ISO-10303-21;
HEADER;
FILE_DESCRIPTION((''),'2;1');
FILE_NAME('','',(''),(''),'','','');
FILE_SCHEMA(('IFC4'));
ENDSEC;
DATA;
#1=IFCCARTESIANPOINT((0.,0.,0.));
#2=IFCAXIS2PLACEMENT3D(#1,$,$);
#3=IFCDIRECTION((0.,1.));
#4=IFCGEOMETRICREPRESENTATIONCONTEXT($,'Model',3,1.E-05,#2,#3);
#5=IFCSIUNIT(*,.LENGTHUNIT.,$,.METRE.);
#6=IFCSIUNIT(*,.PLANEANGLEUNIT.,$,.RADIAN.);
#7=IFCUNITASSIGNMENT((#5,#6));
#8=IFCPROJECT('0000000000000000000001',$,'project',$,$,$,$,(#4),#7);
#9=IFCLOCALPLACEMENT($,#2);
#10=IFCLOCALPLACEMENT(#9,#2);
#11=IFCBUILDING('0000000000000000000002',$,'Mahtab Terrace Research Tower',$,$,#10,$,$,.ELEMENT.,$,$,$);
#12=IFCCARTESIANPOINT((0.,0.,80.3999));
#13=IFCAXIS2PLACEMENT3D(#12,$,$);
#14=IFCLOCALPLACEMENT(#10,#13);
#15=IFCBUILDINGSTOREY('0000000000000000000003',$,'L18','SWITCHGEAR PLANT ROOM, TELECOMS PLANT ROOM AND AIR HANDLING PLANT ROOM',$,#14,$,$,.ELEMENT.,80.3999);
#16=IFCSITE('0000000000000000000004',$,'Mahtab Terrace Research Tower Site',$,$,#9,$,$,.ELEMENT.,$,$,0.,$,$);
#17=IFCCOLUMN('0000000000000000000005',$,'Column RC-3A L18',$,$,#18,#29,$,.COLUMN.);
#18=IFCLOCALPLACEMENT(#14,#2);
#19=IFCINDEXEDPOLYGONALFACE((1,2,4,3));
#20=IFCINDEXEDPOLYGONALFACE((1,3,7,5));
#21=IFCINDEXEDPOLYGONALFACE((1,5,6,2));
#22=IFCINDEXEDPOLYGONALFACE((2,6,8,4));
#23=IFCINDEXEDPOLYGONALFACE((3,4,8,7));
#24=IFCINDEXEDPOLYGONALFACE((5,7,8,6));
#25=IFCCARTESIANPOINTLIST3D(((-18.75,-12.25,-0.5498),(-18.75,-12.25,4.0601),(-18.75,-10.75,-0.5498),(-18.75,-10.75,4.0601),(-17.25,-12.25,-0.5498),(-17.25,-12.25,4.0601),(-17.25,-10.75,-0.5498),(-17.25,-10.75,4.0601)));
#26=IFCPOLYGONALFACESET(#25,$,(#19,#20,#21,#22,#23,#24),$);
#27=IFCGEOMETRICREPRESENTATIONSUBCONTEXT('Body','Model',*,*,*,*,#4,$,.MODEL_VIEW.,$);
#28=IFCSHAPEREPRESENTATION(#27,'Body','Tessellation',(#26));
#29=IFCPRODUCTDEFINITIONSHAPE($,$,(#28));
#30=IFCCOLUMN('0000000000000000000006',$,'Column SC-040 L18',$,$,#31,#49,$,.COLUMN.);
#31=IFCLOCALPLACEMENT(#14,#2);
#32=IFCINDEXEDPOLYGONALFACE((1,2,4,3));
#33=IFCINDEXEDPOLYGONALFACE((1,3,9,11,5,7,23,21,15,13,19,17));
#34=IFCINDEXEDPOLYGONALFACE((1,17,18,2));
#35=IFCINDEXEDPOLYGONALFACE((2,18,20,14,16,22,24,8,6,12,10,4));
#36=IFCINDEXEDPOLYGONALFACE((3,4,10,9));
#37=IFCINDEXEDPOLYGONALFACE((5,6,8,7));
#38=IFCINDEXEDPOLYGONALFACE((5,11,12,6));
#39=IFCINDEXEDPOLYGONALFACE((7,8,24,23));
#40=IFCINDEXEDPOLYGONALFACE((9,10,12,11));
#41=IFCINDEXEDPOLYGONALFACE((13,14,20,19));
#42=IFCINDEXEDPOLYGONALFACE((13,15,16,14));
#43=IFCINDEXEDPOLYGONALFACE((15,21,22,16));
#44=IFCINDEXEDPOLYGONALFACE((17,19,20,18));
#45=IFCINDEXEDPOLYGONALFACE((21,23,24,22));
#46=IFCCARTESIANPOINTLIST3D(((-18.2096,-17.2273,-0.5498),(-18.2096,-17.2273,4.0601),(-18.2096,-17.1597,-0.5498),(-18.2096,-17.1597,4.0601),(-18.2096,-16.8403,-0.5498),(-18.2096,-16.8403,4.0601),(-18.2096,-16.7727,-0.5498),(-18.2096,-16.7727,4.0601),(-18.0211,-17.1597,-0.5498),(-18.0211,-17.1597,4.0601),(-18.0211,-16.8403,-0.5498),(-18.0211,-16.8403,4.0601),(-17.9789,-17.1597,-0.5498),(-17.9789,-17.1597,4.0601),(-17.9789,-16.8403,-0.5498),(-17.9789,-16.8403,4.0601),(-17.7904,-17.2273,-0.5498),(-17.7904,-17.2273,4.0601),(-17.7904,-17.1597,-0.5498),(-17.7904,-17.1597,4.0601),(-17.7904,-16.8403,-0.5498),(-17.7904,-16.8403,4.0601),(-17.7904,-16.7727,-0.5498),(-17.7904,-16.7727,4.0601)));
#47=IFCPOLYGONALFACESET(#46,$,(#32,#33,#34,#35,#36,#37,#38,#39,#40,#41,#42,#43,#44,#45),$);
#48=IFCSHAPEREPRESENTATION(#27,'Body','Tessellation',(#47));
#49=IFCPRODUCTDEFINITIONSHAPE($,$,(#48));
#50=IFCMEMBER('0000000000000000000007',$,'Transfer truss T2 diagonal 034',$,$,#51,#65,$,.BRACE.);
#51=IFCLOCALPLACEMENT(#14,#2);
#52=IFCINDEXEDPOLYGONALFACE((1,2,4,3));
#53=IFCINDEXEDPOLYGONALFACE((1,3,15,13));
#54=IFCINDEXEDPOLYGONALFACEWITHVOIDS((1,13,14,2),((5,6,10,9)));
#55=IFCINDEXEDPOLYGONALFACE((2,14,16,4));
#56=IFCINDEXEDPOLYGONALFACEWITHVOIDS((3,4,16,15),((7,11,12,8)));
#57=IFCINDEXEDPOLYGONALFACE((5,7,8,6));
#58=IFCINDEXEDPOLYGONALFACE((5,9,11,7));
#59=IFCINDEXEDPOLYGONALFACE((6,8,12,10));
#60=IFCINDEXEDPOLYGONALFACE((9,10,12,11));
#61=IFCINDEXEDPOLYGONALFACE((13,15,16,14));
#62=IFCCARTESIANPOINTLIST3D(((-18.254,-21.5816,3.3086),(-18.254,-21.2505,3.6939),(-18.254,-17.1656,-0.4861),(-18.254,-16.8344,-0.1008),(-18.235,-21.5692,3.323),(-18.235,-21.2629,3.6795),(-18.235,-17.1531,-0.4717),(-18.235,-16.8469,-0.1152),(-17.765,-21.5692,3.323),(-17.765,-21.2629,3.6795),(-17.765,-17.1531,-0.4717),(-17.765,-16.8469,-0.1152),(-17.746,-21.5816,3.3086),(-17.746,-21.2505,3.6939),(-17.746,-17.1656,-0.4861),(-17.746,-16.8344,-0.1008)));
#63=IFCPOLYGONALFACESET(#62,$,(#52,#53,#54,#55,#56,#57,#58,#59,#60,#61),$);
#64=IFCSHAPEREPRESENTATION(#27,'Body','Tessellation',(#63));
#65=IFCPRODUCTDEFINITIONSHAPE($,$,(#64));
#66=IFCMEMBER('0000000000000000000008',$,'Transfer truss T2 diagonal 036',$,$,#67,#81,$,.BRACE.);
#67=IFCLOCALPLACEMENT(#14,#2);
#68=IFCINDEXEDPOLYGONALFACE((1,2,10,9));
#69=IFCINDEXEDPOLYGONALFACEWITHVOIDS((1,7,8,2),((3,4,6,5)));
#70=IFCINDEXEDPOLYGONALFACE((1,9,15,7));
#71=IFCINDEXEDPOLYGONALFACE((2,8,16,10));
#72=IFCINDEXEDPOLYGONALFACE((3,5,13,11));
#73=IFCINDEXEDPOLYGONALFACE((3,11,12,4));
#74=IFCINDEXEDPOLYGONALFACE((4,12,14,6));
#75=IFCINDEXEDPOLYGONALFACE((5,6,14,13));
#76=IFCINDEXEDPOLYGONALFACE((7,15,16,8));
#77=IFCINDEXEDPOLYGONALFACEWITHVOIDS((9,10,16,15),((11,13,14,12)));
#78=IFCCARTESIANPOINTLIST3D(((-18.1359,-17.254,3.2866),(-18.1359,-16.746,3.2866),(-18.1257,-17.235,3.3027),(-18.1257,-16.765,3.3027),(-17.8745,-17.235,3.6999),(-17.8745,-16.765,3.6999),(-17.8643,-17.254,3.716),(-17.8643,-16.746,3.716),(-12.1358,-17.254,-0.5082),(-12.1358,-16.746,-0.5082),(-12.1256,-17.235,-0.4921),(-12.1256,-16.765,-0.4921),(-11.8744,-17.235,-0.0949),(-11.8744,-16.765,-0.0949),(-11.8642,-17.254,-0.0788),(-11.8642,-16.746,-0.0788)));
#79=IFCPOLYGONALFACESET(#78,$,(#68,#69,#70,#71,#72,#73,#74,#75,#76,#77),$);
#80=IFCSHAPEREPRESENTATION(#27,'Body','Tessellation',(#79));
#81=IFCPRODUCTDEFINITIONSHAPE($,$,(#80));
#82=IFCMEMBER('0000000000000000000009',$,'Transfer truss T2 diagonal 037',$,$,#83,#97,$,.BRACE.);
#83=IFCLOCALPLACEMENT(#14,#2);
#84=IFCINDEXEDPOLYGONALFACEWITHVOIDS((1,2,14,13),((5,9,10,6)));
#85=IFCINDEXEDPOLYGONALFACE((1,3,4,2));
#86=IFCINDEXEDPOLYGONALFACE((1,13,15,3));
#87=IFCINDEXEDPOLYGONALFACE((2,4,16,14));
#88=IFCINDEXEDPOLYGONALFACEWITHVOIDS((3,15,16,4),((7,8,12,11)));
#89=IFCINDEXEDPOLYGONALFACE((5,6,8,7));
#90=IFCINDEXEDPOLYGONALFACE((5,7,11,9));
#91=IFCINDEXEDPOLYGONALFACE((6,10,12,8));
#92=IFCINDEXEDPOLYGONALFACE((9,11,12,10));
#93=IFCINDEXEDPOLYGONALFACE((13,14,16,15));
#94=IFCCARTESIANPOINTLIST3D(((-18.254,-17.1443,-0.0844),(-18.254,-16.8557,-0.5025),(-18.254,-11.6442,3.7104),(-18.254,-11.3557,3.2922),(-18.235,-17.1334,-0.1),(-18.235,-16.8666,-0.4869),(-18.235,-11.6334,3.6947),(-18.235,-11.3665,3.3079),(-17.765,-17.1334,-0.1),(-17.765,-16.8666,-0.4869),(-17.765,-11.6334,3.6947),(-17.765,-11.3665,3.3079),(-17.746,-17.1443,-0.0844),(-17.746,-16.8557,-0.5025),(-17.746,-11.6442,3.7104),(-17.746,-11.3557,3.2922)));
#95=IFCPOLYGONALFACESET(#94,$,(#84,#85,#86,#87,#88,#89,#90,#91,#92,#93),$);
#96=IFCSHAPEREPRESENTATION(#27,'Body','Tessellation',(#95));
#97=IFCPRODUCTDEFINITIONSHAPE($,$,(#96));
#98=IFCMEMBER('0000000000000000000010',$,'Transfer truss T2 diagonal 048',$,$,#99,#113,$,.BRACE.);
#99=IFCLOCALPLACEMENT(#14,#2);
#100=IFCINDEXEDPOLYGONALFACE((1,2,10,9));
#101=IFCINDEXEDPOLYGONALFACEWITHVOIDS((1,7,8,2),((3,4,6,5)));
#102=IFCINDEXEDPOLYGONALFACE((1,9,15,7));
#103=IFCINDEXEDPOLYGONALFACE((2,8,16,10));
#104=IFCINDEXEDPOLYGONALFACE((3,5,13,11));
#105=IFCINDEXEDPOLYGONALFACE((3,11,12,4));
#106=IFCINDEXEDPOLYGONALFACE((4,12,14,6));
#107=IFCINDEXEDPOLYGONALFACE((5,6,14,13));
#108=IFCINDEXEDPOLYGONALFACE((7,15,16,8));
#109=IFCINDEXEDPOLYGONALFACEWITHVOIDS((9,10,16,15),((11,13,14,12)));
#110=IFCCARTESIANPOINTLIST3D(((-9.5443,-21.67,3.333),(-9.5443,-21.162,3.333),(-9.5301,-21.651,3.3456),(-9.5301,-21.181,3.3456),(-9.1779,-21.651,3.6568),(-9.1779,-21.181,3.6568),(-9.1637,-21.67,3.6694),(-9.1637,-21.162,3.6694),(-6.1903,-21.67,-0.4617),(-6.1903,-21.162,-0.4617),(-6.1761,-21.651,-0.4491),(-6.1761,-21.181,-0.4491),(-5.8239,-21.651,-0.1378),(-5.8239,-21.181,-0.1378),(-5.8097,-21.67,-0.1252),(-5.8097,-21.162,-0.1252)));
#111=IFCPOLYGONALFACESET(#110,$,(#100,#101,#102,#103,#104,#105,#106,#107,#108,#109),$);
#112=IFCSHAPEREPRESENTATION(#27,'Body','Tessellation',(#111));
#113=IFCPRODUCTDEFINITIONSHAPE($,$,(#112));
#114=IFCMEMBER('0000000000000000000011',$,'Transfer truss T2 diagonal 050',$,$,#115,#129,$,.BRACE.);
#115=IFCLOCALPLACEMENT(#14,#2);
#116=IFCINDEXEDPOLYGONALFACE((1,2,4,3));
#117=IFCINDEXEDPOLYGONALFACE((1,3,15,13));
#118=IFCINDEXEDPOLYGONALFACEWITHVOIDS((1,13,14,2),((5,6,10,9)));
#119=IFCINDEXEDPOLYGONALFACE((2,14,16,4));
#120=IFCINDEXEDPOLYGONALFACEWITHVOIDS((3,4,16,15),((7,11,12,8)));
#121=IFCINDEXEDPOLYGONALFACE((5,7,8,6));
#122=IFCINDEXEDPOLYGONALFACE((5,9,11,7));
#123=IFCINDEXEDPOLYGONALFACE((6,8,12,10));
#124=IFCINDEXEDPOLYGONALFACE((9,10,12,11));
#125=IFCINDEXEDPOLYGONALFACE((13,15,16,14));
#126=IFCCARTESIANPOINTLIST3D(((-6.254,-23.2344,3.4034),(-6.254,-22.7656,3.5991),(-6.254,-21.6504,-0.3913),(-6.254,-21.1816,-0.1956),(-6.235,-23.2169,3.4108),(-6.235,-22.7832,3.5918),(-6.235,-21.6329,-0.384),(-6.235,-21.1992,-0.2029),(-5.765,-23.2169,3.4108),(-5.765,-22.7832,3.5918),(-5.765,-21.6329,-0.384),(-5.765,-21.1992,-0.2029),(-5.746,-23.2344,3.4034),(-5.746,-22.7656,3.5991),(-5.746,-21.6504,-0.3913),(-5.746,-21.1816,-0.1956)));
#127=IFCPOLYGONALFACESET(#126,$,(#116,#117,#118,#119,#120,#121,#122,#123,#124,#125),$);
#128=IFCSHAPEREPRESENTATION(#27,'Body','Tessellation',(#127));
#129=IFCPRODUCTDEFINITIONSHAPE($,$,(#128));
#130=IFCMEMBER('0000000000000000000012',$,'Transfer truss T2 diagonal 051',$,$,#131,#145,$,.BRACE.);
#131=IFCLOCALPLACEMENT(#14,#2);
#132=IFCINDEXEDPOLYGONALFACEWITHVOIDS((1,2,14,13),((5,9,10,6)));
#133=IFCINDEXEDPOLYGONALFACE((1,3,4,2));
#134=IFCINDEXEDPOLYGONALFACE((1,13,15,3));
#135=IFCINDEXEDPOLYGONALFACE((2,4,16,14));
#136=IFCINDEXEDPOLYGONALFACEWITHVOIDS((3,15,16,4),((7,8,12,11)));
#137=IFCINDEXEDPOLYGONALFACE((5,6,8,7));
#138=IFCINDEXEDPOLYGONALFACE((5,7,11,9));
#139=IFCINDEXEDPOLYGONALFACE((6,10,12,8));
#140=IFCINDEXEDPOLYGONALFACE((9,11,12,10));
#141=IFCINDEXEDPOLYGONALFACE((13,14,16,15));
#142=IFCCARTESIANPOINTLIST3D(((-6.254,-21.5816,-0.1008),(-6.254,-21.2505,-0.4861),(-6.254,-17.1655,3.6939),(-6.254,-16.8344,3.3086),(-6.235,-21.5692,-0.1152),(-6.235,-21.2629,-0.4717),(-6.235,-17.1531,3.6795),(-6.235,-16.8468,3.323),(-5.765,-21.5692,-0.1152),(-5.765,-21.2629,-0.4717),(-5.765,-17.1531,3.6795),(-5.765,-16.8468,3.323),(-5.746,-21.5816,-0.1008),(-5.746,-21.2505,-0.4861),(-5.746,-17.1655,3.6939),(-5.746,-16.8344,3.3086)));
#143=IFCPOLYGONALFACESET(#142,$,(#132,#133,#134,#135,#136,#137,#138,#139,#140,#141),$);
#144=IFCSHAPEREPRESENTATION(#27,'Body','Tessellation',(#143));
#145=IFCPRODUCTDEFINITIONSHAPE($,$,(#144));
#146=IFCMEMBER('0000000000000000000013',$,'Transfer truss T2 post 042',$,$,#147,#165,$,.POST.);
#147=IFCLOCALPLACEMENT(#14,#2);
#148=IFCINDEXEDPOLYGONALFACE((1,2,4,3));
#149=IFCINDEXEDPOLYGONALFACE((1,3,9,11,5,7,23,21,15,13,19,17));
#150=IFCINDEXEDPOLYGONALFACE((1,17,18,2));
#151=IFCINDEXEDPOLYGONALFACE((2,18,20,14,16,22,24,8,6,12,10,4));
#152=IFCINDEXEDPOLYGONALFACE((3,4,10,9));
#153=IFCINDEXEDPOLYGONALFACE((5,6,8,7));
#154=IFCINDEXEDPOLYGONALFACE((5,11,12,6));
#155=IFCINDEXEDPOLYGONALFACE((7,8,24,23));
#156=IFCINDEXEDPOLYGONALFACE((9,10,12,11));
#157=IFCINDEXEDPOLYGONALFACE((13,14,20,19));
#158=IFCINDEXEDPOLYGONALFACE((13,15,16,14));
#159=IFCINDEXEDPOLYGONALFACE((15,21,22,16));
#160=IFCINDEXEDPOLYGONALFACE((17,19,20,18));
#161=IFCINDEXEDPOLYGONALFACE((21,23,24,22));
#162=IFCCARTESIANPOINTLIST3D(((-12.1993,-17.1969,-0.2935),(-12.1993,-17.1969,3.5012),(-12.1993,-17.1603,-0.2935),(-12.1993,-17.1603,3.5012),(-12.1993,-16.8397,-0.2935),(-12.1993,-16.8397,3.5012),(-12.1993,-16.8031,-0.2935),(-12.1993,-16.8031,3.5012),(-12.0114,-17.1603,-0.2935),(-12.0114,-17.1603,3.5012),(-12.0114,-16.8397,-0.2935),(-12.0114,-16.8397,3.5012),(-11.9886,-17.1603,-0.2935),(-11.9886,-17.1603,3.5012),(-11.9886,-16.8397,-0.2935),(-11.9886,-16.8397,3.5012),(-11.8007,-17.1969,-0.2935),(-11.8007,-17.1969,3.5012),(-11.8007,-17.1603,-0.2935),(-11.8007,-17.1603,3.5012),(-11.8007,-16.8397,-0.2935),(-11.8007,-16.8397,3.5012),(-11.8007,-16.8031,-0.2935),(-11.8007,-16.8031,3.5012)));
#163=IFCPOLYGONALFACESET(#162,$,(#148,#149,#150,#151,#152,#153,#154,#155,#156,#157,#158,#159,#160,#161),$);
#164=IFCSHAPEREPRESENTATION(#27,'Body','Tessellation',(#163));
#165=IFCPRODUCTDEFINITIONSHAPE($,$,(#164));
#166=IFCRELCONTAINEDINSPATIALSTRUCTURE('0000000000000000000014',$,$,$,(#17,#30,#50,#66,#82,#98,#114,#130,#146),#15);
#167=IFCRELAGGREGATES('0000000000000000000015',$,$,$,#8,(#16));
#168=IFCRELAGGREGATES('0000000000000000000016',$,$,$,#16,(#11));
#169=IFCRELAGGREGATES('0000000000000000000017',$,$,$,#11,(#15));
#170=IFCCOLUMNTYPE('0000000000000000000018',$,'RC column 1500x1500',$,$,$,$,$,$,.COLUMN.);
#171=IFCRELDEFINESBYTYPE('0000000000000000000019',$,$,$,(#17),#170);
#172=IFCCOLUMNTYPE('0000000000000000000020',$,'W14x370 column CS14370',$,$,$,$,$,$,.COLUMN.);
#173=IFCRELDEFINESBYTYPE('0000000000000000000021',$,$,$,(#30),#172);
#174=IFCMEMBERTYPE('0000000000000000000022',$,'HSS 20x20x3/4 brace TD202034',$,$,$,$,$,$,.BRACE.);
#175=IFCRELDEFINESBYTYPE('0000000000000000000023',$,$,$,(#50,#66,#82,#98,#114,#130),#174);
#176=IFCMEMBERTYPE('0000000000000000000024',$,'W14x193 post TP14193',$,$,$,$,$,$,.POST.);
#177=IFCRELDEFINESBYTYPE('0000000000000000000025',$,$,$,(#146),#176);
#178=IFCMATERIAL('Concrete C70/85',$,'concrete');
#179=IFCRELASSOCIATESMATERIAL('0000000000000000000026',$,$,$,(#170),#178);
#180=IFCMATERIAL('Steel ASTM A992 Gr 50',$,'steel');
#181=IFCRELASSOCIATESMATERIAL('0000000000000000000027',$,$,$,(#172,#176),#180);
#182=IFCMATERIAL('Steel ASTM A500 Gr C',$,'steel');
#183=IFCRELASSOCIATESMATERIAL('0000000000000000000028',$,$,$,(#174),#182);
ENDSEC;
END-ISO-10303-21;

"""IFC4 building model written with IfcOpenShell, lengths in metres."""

from ifc_helpers import new_model, si_unit, direction, frame, origin, origin_2d, place, context, subcontext, project, spatial, rectangle, hollow_rectangle, i_section, extrude, material, material_profile, profile_set, type_object, element, save


model = new_model("IFC4")

# Units and contexts
model_context = context("Model", 3, precision=1e-05, world=origin(), true_north=direction((0.0, 1.0)))
body_context = subcontext(model_context, "Body", "Model", "MODEL_VIEW")
ifc_project = project(units=[si_unit("LENGTHUNIT", "METRE"), si_unit("PLANEANGLEUNIT", "RADIAN")], contexts=[model_context])

# Site, building, storey
site_placement = place(None, origin())
site = spatial("IfcSite", under=ifc_project, at=site_placement, Name="Mahtab Terrace Research Tower Site", CompositionType="ELEMENT", RefElevation=0.0)
building_placement = place(site_placement, origin())
building = spatial("IfcBuilding", under=site, at=building_placement, Name="Mahtab Terrace Research Tower", CompositionType="ELEMENT")
storey_placement = place(building_placement, frame((0.0, 0.0, 80.3999)))
storey = spatial("IfcBuildingStorey", under=building, at=storey_placement, Name="L18", Description="SWITCHGEAR PLANT ROOM, TELECOMS PLANT ROOM AND AIR HANDLING PLANT ROOM", CompositionType="ELEMENT", Elevation=80.3999)

# Columns
ifc_material_1 = material(Name="Concrete C70/85", Category="concrete")
ifc_material_profile_1 = material_profile(ifc_material_1, rectangle(XDim=1.5, YDim=1.5, at=origin_2d()), Name="RC column 1500x1500")
ifc_profile_set_1 = profile_set([ifc_material_profile_1], Name="Concrete C70/85")
column_type_1 = type_object("IfcColumnType", Name="RC column 1500x1500", PredefinedType="COLUMN", material=ifc_profile_set_1)
column_1_placement = place(storey_placement, frame((-18.0, -11.5, -0.5498), z_axis=(0.0, 0.0, 1.0), x_axis=(1.0, 0.0, 0.0)))
element("IfcColumn", 1, at=column_1_placement, inside=storey, type_object=column_type_1, Name="Column RC-3A L18", PredefinedType="COLUMN", context=body_context, shape_type="SweptSolid", body=[
    extrude(rectangle(XDim=1.5, YDim=1.5, at=origin_2d()), origin(), (0.0, 0.0, 1.0), 4.6099),
])
ifc_material_2 = material(Name="Steel ASTM A992 Gr 50", Category="steel")
ifc_material_profile_2 = material_profile(ifc_material_2, i_section(OverallWidth=0.4192, OverallDepth=0.4546, WebThickness=0.0422, FlangeThickness=0.0676, at=origin_2d()), Name="W14X370")
ifc_profile_set_2 = profile_set([ifc_material_profile_2], Name="Steel ASTM A992 Gr 50")
column_type_2 = type_object("IfcColumnType", Name="W14x370 column CS14370", PredefinedType="COLUMN", material=ifc_profile_set_2)
column_2_placement = place(storey_placement, frame((-18.0, -17.0, -0.5498), z_axis=(0.0, 0.0, 1.0), x_axis=(1.0, 0.0, 0.0)))
element("IfcColumn", 2, at=column_2_placement, inside=storey, type_object=column_type_2, Name="Column SC-040 L18", PredefinedType="COLUMN", context=body_context, shape_type="SweptSolid", body=[
    extrude(i_section(OverallWidth=0.4192, OverallDepth=0.4546, WebThickness=0.0422, FlangeThickness=0.0676, at=origin_2d()), origin(), (0.0, 0.0, 1.0), 4.6099),
])

# Members
ifc_material_3 = material(Name="Steel ASTM A500 Gr C", Category="steel")
ifc_material_profile_3 = material_profile(ifc_material_3, hollow_rectangle(XDim=0.5081, YDim=0.5081, WallThickness=0.019, at=origin_2d()), Name="HSS20X20X3/4")
ifc_profile_set_3 = profile_set([ifc_material_profile_3], Name="Steel ASTM A500 Gr C")
member_type_1 = type_object("IfcMemberType", Name="HSS 20x20x3/4 brace TD202034", PredefinedType="BRACE", material=ifc_profile_set_3)
member_1_placement = place(storey_placement, frame((-18.0, -17.0, -0.2935), z_axis=(0.0, -0.758448, 0.651734), x_axis=(1.0, 0.0, 0.0)))
element("IfcMember", 3, at=member_1_placement, inside=storey, type_object=member_type_1, Name="Transfer truss T2 diagonal 034", PredefinedType="BRACE", context=body_context, shape_type="SweptSolid", body=[
    extrude(hollow_rectangle(XDim=0.5081, YDim=0.5081, WallThickness=0.019, at=origin_2d()), origin(), (0.0, 0.0, 1.0), 5.8225),
])
member_2_placement = place(storey_placement, frame((-12.0, -17.0, -0.2935), z_axis=(-0.845158, 0.0, 0.534517), x_axis=(0.0, -1.0, 0.0)))
element("IfcMember", 4, at=member_2_placement, inside=storey, type_object=member_type_1, Name="Transfer truss T2 diagonal 036", PredefinedType="BRACE", context=body_context, shape_type="SweptSolid", body=[
    extrude(hollow_rectangle(XDim=0.5081, YDim=0.5081, WallThickness=0.019, at=origin_2d()), origin(), (0.0, 0.0, 1.0), 7.0994),
])
member_3_placement = place(storey_placement, frame((-18.0, -17.0, -0.2935), z_axis=(0.0, 0.823103, 0.567893), x_axis=(-1.0, 0.0, 0.0)))
element("IfcMember", 5, at=member_3_placement, inside=storey, type_object=member_type_1, Name="Transfer truss T2 diagonal 037", PredefinedType="BRACE", context=body_context, shape_type="SweptSolid", body=[
    extrude(hollow_rectangle(XDim=0.5081, YDim=0.5081, WallThickness=0.019, at=origin_2d()), origin(), (0.0, 0.0, 1.0), 6.6821),
])
member_4_placement = place(storey_placement, frame((-6.0, -21.416, -0.2935), z_axis=(-0.662261, 0.0, 0.749273), x_axis=(0.0, -1.0, 0.0)))
element("IfcMember", 6, at=member_4_placement, inside=storey, type_object=member_type_1, Name="Transfer truss T2 diagonal 048", PredefinedType="BRACE", context=body_context, shape_type="SweptSolid", body=[
    extrude(hollow_rectangle(XDim=0.5081, YDim=0.5081, WallThickness=0.019, at=origin_2d()), origin(), (0.0, 0.0, 1.0), 5.0645),
])
member_5_placement = place(storey_placement, frame((-6.0, -21.416, -0.2935), z_axis=(0.0, -0.38521, 0.922829), x_axis=(1.0, 0.0, 0.0)))
element("IfcMember", 7, at=member_5_placement, inside=storey, type_object=member_type_1, Name="Transfer truss T2 diagonal 050", PredefinedType="BRACE", context=body_context, shape_type="SweptSolid", body=[
    extrude(hollow_rectangle(XDim=0.5081, YDim=0.5081, WallThickness=0.019, at=origin_2d()), origin(), (0.0, 0.0, 1.0), 4.1121),
])
member_6_placement = place(storey_placement, frame((-6.0, -21.416, -0.2935), z_axis=(0.0, 0.758448, 0.651734), x_axis=(-1.0, 0.0, 0.0)))
element("IfcMember", 8, at=member_6_placement, inside=storey, type_object=member_type_1, Name="Transfer truss T2 diagonal 051", PredefinedType="BRACE", context=body_context, shape_type="SweptSolid", body=[
    extrude(hollow_rectangle(XDim=0.5081, YDim=0.5081, WallThickness=0.019, at=origin_2d()), origin(), (0.0, 0.0, 1.0), 5.8225),
])
ifc_material_profile_4 = material_profile(ifc_material_2, i_section(OverallWidth=0.3987, OverallDepth=0.3938, WebThickness=0.0227, FlangeThickness=0.0366, at=origin_2d()), Name="W14X193")
ifc_profile_set_4 = profile_set([ifc_material_profile_4], Name="Steel ASTM A992 Gr 50")
member_type_2 = type_object("IfcMemberType", Name="W14x193 post TP14193", PredefinedType="POST", material=ifc_profile_set_4)
member_7_placement = place(storey_placement, frame((-12.0, -17.0, -0.2935), z_axis=(0.0, 0.0, 1.0), x_axis=(1.0, 0.0, 0.0)))
element("IfcMember", 9, at=member_7_placement, inside=storey, type_object=member_type_2, Name="Transfer truss T2 post 042", PredefinedType="POST", context=body_context, shape_type="SweptSolid", body=[
    extrude(i_section(OverallWidth=0.3987, OverallDepth=0.3938, WebThickness=0.0227, FlangeThickness=0.0366, at=origin_2d()), origin(), (0.0, 0.0, 1.0), 3.7947),
])

save(model, "model.ifc")
